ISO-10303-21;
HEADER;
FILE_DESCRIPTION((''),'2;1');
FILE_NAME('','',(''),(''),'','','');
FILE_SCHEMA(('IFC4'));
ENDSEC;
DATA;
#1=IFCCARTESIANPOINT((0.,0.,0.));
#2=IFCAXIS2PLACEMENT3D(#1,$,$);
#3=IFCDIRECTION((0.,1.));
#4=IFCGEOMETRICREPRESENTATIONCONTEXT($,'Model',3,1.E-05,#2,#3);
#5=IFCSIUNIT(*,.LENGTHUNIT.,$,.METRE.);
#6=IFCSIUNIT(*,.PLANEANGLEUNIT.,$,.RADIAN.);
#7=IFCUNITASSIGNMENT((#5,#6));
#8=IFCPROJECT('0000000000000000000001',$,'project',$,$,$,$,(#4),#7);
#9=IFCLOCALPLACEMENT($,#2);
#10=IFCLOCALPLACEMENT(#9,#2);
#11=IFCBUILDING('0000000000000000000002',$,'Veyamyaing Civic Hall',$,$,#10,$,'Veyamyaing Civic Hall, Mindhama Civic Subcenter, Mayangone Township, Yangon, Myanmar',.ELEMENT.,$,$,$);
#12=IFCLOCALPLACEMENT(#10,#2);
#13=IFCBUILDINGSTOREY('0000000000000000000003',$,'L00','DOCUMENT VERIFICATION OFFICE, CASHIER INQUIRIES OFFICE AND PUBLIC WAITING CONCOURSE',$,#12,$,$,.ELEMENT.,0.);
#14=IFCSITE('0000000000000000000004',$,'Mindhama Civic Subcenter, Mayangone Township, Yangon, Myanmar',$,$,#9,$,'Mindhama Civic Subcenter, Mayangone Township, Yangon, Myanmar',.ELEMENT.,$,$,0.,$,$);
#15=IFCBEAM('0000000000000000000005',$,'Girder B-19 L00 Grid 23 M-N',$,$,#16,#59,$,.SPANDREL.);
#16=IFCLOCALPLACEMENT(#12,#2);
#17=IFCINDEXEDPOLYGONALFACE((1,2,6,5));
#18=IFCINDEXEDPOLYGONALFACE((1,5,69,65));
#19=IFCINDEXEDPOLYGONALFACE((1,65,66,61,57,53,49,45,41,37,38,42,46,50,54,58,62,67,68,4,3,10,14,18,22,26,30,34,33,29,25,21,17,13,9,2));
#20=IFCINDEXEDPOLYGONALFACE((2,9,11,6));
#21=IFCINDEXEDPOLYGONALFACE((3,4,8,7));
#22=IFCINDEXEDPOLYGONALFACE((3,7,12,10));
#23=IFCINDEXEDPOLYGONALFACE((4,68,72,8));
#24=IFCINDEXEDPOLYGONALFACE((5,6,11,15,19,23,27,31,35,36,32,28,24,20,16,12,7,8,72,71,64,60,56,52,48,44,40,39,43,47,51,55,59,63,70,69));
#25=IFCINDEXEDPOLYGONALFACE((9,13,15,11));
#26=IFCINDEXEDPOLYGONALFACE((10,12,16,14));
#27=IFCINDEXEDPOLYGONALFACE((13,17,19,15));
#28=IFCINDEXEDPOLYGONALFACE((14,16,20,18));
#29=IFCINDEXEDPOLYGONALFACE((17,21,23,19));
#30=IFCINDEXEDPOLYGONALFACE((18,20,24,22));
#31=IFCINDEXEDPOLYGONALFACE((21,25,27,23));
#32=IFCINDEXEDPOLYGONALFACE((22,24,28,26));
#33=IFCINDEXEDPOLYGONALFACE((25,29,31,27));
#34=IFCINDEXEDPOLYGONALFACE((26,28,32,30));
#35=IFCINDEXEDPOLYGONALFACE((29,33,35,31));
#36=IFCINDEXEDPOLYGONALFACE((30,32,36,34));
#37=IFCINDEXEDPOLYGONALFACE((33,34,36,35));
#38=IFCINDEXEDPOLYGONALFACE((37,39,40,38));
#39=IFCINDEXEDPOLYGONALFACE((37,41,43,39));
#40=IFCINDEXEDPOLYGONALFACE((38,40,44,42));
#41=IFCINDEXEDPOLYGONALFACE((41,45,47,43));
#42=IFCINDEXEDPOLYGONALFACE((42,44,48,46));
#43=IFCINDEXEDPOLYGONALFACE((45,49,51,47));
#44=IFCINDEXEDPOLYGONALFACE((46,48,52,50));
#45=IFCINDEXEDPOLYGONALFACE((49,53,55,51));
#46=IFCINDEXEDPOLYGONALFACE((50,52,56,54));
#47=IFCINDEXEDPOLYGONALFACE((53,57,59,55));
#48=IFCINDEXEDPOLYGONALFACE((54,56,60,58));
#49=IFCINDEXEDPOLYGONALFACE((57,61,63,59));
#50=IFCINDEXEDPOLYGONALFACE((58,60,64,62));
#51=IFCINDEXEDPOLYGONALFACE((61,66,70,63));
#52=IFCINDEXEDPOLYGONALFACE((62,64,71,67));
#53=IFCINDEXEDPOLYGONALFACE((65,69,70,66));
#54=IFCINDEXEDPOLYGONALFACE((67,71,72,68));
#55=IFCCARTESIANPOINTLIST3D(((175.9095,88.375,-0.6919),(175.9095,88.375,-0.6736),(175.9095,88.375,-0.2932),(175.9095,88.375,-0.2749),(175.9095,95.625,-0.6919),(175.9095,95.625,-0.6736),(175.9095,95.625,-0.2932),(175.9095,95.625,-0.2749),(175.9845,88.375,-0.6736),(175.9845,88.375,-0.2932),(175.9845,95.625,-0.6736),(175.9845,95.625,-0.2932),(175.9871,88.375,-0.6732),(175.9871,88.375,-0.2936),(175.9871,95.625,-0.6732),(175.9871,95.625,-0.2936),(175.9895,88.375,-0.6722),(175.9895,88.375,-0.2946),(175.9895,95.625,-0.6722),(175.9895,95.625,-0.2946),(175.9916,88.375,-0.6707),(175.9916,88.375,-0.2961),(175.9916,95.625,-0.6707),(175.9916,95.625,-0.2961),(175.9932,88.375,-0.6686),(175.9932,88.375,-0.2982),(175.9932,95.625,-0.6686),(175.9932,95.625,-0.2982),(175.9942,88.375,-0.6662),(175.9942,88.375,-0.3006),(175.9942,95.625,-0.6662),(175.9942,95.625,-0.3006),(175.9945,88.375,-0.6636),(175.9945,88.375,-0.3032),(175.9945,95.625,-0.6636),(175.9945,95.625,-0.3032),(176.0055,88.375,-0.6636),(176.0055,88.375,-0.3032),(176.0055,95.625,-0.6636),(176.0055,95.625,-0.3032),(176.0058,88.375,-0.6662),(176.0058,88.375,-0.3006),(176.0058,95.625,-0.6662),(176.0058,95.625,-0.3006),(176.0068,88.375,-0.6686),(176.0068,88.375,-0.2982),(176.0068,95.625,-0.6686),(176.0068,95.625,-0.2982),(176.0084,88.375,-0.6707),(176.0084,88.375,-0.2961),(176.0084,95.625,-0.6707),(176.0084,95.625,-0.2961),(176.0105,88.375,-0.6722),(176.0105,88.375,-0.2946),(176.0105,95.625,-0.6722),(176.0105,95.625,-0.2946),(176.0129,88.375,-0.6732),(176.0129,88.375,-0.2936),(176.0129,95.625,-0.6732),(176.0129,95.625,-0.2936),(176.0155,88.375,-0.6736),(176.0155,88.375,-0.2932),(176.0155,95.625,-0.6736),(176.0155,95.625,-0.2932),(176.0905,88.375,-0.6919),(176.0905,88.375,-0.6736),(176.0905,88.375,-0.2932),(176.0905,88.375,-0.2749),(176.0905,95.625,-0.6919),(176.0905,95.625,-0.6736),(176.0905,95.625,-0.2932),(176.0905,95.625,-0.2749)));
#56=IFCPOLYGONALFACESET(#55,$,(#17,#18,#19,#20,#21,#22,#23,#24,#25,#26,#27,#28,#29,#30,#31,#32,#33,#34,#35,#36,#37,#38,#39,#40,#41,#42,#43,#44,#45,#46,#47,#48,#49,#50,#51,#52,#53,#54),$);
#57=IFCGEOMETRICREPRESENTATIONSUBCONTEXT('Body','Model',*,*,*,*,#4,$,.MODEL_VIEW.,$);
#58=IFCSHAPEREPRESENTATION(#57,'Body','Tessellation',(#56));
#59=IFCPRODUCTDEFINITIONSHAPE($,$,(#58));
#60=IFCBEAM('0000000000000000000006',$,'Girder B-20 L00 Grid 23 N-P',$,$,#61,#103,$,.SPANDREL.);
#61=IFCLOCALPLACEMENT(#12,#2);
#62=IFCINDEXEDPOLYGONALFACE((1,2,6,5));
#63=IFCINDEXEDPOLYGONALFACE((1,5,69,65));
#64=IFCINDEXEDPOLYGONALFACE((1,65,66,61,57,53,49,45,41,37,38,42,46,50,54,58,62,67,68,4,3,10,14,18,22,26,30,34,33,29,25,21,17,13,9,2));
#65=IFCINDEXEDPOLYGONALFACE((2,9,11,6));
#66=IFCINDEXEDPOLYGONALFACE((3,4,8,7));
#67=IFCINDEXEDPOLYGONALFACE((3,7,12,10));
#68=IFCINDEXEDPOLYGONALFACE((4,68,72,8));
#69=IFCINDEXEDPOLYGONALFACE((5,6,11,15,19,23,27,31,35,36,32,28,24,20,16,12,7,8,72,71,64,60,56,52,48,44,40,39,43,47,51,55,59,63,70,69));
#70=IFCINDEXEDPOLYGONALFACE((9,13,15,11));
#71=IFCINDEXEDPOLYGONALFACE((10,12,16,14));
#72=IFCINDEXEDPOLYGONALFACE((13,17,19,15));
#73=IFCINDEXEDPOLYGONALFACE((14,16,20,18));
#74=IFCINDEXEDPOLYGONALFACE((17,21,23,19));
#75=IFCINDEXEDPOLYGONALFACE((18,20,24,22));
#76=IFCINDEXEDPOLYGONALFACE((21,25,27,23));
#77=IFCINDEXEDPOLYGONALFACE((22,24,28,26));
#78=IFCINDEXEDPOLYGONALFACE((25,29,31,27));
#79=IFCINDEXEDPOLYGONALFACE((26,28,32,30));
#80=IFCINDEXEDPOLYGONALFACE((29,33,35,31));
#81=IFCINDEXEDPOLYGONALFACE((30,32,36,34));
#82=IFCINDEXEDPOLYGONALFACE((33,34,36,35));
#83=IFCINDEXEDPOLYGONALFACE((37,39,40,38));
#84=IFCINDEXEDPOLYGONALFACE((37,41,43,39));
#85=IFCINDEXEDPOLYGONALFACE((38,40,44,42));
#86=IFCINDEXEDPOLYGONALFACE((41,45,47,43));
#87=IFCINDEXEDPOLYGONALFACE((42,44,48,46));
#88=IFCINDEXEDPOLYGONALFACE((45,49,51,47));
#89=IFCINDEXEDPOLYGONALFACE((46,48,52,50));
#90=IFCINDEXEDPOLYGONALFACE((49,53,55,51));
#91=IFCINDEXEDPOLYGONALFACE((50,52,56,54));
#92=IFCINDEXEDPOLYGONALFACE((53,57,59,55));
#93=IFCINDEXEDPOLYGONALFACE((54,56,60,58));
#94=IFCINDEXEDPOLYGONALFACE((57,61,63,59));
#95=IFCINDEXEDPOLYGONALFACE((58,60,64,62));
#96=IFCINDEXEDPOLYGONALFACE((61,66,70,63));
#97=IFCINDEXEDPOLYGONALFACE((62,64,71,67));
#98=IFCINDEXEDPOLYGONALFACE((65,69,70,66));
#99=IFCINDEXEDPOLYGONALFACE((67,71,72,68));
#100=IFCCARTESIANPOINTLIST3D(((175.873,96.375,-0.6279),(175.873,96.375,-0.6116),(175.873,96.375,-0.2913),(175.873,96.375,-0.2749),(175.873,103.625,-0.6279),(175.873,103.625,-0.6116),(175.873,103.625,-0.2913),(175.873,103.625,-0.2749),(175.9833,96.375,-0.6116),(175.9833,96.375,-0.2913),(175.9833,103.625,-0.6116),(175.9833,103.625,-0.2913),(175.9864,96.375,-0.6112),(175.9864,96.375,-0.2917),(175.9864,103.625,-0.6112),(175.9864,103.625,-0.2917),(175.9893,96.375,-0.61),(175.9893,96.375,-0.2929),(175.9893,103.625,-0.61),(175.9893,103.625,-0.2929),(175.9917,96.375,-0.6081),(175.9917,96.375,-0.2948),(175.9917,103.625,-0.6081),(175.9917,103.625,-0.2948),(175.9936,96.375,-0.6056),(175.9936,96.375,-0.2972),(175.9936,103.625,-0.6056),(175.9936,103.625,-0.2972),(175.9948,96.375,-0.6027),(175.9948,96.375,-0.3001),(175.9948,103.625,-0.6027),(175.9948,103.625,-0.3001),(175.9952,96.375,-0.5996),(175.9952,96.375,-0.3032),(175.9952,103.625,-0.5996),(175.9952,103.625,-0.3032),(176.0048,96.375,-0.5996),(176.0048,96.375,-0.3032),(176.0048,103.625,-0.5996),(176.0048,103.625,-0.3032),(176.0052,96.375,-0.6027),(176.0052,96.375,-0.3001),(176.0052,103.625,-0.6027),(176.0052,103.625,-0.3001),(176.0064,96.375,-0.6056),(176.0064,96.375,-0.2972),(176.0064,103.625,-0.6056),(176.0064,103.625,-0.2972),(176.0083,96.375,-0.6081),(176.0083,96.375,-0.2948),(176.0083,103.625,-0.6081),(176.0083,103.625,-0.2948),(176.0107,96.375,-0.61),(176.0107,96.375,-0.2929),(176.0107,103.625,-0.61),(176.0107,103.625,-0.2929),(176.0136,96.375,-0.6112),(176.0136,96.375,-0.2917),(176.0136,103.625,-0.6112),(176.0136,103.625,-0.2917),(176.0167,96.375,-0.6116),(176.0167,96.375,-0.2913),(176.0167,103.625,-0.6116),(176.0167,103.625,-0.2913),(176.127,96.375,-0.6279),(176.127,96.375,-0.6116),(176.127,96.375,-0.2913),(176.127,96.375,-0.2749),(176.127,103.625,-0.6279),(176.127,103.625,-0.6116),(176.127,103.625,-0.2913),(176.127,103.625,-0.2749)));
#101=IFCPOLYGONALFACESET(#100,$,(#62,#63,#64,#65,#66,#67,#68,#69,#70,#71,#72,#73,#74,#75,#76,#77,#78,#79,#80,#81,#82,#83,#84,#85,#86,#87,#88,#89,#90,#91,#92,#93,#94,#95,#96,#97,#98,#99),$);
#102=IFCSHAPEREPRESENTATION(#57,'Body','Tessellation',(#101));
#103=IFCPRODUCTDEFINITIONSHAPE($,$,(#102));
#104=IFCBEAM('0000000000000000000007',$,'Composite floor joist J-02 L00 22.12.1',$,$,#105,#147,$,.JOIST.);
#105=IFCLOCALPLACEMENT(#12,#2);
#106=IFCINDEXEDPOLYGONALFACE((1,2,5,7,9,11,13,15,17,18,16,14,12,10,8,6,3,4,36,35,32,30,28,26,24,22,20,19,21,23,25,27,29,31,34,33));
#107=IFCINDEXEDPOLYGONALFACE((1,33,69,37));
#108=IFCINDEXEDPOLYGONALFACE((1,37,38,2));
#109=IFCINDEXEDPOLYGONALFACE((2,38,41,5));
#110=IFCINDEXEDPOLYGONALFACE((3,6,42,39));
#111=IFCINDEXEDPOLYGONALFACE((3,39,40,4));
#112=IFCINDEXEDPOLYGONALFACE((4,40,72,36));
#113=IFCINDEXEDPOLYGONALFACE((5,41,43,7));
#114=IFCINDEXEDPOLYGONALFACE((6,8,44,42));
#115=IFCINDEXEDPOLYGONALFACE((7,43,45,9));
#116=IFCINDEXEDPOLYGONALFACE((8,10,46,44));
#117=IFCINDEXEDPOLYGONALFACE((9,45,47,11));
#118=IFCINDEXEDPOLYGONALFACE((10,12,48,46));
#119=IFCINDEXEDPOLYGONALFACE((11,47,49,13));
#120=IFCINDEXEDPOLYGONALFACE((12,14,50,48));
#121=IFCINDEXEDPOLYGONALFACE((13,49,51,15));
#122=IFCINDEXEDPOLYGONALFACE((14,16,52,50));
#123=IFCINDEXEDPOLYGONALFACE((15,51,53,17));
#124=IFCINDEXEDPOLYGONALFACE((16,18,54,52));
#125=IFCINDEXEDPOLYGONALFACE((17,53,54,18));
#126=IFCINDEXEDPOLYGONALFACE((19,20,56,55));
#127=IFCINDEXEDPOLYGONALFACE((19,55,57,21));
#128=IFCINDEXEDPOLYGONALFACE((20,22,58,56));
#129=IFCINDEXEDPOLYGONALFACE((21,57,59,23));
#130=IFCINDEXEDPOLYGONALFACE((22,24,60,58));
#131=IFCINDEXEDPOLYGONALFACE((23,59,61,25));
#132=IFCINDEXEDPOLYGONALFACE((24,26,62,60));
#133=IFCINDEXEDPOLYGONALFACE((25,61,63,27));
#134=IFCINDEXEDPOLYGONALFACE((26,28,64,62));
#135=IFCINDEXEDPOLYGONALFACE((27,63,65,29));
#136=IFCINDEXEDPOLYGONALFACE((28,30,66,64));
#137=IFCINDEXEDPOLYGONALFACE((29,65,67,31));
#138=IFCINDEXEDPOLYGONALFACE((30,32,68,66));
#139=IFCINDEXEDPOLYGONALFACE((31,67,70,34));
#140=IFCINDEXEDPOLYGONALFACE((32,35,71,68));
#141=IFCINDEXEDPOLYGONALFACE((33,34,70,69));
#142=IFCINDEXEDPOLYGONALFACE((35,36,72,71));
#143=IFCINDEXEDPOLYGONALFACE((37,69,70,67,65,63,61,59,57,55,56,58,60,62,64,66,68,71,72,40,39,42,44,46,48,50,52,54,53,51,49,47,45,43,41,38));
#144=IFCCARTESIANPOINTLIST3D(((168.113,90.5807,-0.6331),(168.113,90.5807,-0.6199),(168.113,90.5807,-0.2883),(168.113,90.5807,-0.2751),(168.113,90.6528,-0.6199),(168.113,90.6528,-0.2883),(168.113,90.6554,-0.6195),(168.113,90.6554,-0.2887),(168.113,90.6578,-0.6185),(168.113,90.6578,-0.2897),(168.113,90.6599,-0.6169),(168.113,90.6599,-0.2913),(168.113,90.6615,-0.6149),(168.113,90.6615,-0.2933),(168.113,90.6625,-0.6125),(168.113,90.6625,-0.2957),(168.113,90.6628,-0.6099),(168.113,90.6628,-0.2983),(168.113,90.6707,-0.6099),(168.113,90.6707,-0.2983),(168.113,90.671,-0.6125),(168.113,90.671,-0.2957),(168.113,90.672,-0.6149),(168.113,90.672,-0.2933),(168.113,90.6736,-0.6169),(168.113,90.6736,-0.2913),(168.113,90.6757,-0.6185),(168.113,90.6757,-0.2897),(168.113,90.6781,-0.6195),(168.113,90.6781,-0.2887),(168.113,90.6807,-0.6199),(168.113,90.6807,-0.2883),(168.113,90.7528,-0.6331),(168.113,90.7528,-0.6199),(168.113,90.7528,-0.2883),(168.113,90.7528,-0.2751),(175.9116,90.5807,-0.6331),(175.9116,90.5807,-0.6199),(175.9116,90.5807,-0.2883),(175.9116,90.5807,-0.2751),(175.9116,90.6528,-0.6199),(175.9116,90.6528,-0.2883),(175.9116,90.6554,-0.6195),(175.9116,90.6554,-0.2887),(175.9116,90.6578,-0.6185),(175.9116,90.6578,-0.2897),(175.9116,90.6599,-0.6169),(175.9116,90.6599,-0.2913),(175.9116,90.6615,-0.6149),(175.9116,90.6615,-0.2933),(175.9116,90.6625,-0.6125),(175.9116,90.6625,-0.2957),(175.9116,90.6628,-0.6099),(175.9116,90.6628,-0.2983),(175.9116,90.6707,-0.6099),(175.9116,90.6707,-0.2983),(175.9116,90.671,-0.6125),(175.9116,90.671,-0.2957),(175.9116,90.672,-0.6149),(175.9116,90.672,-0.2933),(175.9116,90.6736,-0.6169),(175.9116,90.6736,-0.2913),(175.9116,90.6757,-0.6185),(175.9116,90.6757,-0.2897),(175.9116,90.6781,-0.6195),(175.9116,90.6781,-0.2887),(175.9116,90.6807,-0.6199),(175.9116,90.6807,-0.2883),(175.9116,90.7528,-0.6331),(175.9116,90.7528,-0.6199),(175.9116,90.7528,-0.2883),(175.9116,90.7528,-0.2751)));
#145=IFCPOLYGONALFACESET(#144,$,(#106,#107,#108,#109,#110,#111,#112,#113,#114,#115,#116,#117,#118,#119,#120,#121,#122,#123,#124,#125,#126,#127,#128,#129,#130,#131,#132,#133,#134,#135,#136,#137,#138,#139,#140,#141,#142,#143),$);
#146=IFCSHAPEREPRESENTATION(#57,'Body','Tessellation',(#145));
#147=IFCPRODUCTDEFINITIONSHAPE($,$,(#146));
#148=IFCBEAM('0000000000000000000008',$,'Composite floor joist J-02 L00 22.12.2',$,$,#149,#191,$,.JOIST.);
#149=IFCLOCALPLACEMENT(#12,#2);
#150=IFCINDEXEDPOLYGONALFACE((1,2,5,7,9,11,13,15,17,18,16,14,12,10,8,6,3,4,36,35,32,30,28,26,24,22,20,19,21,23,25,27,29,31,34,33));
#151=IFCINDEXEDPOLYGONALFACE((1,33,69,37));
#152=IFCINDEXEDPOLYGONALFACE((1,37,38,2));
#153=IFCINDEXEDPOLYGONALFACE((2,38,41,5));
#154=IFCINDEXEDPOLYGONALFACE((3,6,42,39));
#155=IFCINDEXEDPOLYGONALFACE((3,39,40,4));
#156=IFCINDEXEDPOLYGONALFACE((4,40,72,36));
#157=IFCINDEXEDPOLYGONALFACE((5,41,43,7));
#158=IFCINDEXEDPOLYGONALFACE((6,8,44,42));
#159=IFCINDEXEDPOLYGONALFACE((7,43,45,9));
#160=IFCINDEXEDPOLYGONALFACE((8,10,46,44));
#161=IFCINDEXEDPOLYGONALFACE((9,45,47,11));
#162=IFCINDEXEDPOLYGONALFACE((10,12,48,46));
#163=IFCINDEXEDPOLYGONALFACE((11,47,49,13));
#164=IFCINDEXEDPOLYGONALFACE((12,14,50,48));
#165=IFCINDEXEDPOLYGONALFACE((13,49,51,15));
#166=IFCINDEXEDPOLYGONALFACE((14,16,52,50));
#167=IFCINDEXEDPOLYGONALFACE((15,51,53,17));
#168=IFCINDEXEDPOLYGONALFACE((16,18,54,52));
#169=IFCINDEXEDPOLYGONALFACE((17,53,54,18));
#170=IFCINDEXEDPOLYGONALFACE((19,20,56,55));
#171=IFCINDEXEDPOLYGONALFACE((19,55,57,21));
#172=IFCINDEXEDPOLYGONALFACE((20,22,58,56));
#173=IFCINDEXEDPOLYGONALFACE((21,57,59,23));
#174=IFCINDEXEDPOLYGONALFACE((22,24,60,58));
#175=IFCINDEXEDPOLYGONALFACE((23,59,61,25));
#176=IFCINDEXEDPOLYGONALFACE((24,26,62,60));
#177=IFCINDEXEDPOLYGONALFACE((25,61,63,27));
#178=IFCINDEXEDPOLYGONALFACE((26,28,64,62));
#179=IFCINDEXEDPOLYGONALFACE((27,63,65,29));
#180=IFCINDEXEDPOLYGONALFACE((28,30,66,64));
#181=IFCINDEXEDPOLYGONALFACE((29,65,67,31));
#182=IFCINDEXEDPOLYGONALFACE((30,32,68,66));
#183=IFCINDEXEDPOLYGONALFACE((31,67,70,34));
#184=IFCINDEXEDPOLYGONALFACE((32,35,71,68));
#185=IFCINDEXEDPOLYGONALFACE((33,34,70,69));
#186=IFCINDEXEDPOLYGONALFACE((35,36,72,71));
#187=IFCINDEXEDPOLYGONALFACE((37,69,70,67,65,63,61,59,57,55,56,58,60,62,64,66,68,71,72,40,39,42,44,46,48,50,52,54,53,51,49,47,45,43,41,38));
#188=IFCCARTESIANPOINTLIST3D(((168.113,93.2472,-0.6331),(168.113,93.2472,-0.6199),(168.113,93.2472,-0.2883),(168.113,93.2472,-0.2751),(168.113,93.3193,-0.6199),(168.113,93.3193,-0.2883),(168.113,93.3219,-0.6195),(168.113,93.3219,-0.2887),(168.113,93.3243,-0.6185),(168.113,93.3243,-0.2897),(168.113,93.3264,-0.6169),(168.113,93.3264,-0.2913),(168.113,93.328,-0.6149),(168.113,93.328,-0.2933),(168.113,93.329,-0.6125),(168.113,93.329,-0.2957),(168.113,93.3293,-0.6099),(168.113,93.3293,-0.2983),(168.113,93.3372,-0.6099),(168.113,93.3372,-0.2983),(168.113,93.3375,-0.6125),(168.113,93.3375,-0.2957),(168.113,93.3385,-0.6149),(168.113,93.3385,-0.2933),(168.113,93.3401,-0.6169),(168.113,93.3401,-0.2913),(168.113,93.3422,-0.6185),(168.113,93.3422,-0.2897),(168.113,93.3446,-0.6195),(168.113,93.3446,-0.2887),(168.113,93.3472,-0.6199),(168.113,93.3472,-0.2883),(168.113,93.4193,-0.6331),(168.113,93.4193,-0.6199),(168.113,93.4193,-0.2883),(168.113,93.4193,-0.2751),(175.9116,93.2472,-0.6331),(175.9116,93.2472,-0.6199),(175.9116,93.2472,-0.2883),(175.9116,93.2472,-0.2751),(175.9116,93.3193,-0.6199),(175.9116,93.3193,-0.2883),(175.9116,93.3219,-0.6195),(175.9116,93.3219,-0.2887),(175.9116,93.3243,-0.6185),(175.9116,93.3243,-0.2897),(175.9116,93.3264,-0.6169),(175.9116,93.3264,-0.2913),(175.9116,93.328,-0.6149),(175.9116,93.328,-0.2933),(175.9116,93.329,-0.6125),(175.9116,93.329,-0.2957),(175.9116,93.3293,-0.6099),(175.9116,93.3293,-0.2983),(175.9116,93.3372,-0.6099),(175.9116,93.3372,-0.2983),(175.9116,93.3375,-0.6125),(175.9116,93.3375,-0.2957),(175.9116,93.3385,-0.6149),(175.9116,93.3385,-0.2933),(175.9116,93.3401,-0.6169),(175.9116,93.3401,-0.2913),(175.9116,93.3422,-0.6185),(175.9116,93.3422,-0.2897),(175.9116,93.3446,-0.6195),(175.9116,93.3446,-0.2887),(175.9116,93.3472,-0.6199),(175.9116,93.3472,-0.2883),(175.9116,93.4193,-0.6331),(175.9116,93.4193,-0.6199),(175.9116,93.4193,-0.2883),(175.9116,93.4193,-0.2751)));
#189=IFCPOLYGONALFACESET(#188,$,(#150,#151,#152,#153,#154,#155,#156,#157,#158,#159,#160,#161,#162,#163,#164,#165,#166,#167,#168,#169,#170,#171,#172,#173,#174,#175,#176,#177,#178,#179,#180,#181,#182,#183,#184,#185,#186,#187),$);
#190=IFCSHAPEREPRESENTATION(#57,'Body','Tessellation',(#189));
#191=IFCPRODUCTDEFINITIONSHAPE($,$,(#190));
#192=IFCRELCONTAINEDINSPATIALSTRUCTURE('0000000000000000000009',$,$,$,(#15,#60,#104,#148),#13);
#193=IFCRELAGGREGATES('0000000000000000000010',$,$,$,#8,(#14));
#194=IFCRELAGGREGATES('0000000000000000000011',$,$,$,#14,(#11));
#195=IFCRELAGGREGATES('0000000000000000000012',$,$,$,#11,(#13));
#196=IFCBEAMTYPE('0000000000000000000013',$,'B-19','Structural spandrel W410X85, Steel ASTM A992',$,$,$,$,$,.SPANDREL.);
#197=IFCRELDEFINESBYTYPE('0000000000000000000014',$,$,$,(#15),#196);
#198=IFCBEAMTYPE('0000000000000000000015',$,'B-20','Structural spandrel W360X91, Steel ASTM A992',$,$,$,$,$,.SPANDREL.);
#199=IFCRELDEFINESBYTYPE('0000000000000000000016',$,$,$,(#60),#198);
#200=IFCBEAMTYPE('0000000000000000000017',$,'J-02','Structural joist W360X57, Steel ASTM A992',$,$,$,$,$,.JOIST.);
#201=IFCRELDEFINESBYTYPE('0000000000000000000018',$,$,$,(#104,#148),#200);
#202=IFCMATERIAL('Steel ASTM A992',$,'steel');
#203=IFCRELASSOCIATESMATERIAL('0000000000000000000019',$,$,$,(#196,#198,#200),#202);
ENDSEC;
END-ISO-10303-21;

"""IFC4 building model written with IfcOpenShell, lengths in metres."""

from ifc_helpers import new_model, si_unit, direction, frame, origin, origin_2d, place, context, subcontext, project, spatial, i_section, extrude, material, material_profile, profile_set, type_object, element, save


model = new_model("IFC4")

# Units and contexts
model_context = context("Model", 3, precision=1e-05, world=origin(), true_north=direction((0.0, 1.0)))
body_context = subcontext(model_context, "Body", "Model", "MODEL_VIEW")
ifc_project = project(units=[si_unit("LENGTHUNIT", "METRE"), si_unit("PLANEANGLEUNIT", "RADIAN")], contexts=[model_context])

# Site, building, storey
site_placement = place(None, origin())
site = spatial("IfcSite", under=ifc_project, at=site_placement, Name="Mindhama Civic Subcenter, Mayangone Township, Yangon, Myanmar", LongName="Mindhama Civic Subcenter, Mayangone Township, Yangon, Myanmar", CompositionType="ELEMENT", RefElevation=0.0)
building_placement = place(site_placement, origin())
building = spatial("IfcBuilding", under=site, at=building_placement, Name="Veyamyaing Civic Hall", LongName="Veyamyaing Civic Hall, Mindhama Civic Subcenter, Mayangone Township, Yangon, Myanmar", CompositionType="ELEMENT")
storey_placement = place(building_placement, origin())
storey = spatial("IfcBuildingStorey", under=building, at=storey_placement, Name="L00", Description="DOCUMENT VERIFICATION OFFICE, CASHIER INQUIRIES OFFICE AND PUBLIC WAITING CONCOURSE", CompositionType="ELEMENT", Elevation=0.0)

# Beams
ifc_material_1 = material(Name="Steel ASTM A992", Category="steel")
ifc_material_profile_1 = material_profile(ifc_material_1, i_section(OverallWidth=0.1809, OverallDepth=0.417, WebThickness=0.011, FlangeThickness=0.0183, FilletRadius=0.01, at=origin_2d()), Name="W410X85")
ifc_profile_set_1 = profile_set([ifc_material_profile_1], Name="Steel ASTM A992")
beam_type_1 = type_object("IfcBeamType", Name="B-19", Description="Structural spandrel W410X85, Steel ASTM A992", PredefinedType="SPANDREL", material=ifc_profile_set_1)
beam_1_placement = place(storey_placement, frame((176.0, 88.375, -0.4834), z_axis=(0.0, 1.0, 0.0), x_axis=(-1.0, 0.0, 0.0)))
element("IfcBeam", 1, at=beam_1_placement, inside=storey, type_object=beam_type_1, Name="Girder B-19 L00 Grid 23 M-N", PredefinedType="SPANDREL", context=body_context, shape_type="SweptSolid", body=[
    extrude(i_section(OverallWidth=0.1809, OverallDepth=0.417, WebThickness=0.011, FlangeThickness=0.0183, FilletRadius=0.01, at=origin_2d()), origin(), (0.0, 0.0, 1.0), 7.25),
])
ifc_material_profile_2 = material_profile(ifc_material_1, i_section(OverallWidth=0.2539, OverallDepth=0.353, WebThickness=0.0095, FlangeThickness=0.0164, FilletRadius=0.012, at=origin_2d()), Name="W360X91")
ifc_profile_set_2 = profile_set([ifc_material_profile_2], Name="Steel ASTM A992")
beam_type_2 = type_object("IfcBeamType", Name="B-20", Description="Structural spandrel W360X91, Steel ASTM A992", PredefinedType="SPANDREL", material=ifc_profile_set_2)
beam_2_placement = place(storey_placement, frame((176.0, 96.375, -0.4514), z_axis=(0.0, 1.0, 0.0), x_axis=(-1.0, 0.0, 0.0)))
element("IfcBeam", 2, at=beam_2_placement, inside=storey, type_object=beam_type_2, Name="Girder B-20 L00 Grid 23 N-P", PredefinedType="SPANDREL", context=body_context, shape_type="SweptSolid", body=[
    extrude(i_section(OverallWidth=0.2539, OverallDepth=0.353, WebThickness=0.0095, FlangeThickness=0.0164, FilletRadius=0.012, at=origin_2d()), origin(), (0.0, 0.0, 1.0), 7.25),
])
ifc_material_profile_3 = material_profile(ifc_material_1, i_section(OverallWidth=0.1721, OverallDepth=0.3579, WebThickness=0.0078, FlangeThickness=0.0132, FilletRadius=0.01, at=origin_2d()), Name="W360X57")
ifc_profile_set_3 = profile_set([ifc_material_profile_3], Name="Steel ASTM A992")
beam_type_3 = type_object("IfcBeamType", Name="J-02", Description="Structural joist W360X57, Steel ASTM A992", PredefinedType="JOIST", material=ifc_profile_set_3)
for number, where, z_axis, x_axis, name in (
    (3, (168.113, 90.6667, -0.4541), (1.0, 0.0, 0.0), (0.0, 1.0, 0.0), "Composite floor joist J-02 L00 22.12.1"),
    (4, (168.113, 93.3333, -0.4541), (1.0, 0.0, 0.0), (0.0, 1.0, 0.0), "Composite floor joist J-02 L00 22.12.2"),
):
    element("IfcBeam", number, at=place(storey_placement, frame(where, z_axis=z_axis, x_axis=x_axis)), inside=storey, type_object=beam_type_3, Name=name, PredefinedType="JOIST", context=body_context, shape_type="SweptSolid", body=[
        extrude(i_section(OverallWidth=0.1721, OverallDepth=0.3579, WebThickness=0.0078, FlangeThickness=0.0132, FilletRadius=0.01, at=origin_2d()), origin(), (0.0, 0.0, 1.0), 7.7986),
    ])

save(model, "model.ifc")
